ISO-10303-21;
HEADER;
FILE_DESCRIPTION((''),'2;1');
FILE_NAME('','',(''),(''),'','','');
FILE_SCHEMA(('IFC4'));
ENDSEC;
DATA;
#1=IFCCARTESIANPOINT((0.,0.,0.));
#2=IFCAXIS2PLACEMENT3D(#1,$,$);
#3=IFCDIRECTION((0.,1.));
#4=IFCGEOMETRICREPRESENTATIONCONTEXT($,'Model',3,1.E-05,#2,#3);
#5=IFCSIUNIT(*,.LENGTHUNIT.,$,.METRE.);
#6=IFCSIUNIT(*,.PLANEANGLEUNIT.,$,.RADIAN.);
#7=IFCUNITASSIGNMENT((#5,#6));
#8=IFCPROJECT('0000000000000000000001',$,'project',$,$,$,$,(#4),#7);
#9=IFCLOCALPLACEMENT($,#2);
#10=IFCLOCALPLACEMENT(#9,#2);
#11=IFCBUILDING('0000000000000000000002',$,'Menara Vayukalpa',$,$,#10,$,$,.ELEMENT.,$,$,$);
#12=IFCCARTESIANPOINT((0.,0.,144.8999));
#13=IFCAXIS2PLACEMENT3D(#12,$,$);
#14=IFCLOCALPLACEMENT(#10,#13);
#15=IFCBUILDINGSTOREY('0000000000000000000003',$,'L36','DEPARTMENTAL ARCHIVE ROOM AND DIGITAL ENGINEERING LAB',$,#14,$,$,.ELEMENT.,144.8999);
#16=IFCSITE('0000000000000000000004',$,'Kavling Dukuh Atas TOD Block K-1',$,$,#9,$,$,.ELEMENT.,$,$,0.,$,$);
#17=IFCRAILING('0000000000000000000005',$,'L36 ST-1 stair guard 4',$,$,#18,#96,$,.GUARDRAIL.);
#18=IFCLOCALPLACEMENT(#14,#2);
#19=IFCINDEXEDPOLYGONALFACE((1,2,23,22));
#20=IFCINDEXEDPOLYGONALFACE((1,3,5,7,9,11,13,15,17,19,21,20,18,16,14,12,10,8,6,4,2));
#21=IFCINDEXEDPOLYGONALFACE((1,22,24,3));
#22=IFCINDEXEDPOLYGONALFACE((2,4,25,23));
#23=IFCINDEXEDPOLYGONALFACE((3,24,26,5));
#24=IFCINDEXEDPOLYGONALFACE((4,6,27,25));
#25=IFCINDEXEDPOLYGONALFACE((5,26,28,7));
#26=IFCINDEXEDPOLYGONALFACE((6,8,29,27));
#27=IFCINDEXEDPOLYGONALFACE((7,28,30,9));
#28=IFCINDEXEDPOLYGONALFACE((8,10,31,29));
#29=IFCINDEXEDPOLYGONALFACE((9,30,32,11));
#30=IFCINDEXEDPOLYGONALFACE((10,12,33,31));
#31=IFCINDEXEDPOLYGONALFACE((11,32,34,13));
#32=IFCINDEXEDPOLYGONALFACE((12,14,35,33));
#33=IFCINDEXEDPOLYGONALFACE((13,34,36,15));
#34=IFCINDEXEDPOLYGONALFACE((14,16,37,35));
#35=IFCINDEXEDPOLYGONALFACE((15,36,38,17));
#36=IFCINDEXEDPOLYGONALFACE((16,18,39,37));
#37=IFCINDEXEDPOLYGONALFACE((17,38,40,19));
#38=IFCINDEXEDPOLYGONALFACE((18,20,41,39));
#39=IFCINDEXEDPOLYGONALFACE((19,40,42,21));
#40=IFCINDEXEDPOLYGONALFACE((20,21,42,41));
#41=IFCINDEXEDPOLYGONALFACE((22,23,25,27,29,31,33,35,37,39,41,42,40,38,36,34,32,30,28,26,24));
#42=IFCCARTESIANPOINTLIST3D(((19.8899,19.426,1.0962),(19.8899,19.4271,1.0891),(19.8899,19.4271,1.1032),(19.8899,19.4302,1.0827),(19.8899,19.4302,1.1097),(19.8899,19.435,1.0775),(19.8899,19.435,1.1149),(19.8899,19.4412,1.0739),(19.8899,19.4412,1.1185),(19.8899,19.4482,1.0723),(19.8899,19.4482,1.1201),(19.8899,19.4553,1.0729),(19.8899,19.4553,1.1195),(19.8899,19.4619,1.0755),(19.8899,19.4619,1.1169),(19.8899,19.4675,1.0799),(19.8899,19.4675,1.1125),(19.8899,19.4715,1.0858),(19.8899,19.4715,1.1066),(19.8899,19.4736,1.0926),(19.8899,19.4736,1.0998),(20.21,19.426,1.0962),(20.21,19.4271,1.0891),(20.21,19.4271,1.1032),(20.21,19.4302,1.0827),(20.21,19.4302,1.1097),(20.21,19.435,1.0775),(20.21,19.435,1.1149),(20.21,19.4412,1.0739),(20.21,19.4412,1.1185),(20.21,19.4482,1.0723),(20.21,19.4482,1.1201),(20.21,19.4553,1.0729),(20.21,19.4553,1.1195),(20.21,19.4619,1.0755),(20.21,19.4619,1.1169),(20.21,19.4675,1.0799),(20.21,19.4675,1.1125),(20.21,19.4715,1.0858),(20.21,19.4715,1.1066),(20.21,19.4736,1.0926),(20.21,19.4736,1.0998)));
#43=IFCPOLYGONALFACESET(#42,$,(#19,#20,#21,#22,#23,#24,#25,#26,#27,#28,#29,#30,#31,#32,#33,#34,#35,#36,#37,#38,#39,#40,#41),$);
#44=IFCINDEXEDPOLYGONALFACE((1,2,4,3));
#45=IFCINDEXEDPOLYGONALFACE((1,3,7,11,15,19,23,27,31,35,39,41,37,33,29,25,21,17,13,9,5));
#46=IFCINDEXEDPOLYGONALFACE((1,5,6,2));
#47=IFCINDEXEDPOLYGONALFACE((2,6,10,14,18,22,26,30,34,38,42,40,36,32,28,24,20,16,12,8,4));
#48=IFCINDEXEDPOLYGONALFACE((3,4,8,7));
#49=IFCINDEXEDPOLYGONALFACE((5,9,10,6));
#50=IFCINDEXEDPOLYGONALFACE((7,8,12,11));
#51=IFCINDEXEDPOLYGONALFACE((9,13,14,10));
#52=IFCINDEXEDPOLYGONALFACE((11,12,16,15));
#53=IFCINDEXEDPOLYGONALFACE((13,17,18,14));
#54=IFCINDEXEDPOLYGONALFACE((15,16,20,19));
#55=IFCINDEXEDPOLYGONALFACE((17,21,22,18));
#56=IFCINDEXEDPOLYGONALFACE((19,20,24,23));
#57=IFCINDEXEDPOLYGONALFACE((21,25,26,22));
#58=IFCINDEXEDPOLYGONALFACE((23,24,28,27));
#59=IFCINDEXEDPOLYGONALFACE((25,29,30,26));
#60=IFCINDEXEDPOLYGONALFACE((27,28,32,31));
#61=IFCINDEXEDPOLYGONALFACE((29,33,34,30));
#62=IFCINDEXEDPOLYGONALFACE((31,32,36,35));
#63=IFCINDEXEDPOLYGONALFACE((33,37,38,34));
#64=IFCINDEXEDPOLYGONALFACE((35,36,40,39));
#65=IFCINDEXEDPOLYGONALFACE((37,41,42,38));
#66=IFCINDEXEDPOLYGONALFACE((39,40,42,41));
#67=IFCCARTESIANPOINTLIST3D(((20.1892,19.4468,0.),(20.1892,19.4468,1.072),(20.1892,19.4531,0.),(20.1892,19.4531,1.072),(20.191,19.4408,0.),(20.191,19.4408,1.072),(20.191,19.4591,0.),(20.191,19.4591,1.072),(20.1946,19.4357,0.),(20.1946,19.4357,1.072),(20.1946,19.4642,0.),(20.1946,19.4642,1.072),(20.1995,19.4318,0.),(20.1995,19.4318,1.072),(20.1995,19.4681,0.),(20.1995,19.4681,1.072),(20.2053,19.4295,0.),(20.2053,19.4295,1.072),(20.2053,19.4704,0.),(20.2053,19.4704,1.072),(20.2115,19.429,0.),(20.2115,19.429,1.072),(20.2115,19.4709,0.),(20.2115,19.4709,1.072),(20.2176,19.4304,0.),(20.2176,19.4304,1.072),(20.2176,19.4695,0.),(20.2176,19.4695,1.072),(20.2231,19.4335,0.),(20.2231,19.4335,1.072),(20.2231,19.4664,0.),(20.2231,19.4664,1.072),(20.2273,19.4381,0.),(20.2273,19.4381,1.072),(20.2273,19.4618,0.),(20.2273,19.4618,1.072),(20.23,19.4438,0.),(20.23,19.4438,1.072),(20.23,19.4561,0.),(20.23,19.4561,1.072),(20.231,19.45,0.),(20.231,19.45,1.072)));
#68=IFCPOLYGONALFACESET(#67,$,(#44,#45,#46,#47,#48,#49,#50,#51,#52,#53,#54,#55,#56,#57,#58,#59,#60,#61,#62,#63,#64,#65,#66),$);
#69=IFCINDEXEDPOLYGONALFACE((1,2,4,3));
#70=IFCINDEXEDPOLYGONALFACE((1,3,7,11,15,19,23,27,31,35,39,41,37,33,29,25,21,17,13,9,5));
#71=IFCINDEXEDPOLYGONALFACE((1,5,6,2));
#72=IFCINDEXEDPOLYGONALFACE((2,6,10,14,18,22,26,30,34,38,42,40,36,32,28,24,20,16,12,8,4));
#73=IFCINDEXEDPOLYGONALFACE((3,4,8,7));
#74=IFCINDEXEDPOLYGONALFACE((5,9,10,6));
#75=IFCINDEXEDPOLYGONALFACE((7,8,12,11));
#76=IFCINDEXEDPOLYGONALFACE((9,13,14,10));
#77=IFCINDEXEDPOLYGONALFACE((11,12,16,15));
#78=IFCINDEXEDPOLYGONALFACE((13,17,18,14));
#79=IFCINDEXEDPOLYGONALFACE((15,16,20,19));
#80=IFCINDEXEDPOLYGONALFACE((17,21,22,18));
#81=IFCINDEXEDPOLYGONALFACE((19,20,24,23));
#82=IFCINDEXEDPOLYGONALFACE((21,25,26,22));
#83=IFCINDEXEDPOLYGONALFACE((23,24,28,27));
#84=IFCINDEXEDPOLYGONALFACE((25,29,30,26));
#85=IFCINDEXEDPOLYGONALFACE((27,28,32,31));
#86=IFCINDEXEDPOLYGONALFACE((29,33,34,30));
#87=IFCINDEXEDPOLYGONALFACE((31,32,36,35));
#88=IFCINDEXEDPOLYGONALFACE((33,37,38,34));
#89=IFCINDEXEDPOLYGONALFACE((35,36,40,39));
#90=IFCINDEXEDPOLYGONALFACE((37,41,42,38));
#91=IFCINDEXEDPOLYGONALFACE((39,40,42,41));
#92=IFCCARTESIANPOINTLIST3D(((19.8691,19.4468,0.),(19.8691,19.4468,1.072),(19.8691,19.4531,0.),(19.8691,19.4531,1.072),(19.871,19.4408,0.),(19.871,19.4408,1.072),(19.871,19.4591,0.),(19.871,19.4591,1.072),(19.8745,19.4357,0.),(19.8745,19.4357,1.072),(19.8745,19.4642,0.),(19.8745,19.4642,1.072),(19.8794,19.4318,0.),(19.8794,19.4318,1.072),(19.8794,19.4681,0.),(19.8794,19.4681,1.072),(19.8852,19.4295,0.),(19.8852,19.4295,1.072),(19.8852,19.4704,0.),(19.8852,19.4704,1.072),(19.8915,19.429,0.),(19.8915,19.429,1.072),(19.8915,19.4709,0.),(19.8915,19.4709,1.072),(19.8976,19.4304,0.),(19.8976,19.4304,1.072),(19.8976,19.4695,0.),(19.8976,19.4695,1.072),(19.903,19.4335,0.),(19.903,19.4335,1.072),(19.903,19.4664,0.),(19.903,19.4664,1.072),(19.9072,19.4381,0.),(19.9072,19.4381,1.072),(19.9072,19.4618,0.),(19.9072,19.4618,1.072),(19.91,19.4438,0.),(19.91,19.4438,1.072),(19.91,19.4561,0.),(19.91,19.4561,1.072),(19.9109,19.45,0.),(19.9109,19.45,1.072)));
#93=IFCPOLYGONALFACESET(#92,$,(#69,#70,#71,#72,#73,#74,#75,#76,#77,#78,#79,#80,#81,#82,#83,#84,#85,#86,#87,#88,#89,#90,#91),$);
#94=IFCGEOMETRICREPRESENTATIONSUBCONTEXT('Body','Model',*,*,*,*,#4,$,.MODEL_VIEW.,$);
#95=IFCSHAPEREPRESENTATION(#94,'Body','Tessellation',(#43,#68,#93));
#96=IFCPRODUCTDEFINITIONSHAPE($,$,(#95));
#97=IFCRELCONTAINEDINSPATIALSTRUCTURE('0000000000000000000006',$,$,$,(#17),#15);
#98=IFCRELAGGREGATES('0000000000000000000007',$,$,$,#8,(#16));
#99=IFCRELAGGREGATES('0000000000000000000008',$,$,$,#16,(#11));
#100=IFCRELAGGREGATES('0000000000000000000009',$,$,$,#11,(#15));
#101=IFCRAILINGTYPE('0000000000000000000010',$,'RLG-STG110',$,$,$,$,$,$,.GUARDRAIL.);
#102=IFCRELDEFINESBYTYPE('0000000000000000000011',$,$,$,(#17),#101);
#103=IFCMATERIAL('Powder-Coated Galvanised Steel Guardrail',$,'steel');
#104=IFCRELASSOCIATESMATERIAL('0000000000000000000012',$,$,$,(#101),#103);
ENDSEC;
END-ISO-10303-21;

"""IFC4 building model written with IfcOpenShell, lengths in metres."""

from ifc_helpers import new_model, si_unit, direction, frame, origin, origin_2d, place, context, subcontext, project, spatial, circle, extrude, material, type_object, element, save


model = new_model("IFC4")

# Units and contexts
model_context = context("Model", 3, precision=1e-05, world=origin(), true_north=direction((0.0, 1.0)))
body_context = subcontext(model_context, "Body", "Model", "MODEL_VIEW")
ifc_project = project(units=[si_unit("LENGTHUNIT", "METRE"), si_unit("PLANEANGLEUNIT", "RADIAN")], contexts=[model_context])

# Site, building, storey
site_placement = place(None, origin())
site = spatial("IfcSite", under=ifc_project, at=site_placement, Name="Kavling Dukuh Atas TOD Block K-1", CompositionType="ELEMENT", RefElevation=0.0)
building_placement = place(site_placement, origin())
building = spatial("IfcBuilding", under=site, at=building_placement, Name="Menara Vayukalpa", CompositionType="ELEMENT")
storey_placement = place(building_placement, frame((0.0, 0.0, 144.8999)))
storey = spatial("IfcBuildingStorey", under=building, at=storey_placement, Name="L36", Description="DEPARTMENTAL ARCHIVE ROOM AND DIGITAL ENGINEERING LAB", CompositionType="ELEMENT", Elevation=144.8999)

# Railing
ifc_material_1 = material(Name="Powder-Coated Galvanised Steel Guardrail", Category="steel")
railing_type_1 = type_object("IfcRailingType", Name="RLG-STG110", PredefinedType="GUARDRAIL", material=ifc_material_1)
railing_1_placement = place(storey_placement, frame((20.21, 19.45, 0.0)))
element("IfcRailing", 1, at=railing_1_placement, inside=storey, type_object=railing_type_1, Name="L36 ST-1 stair guard 4", PredefinedType="GUARDRAIL", context=body_context, shape_type="SweptSolid", body=[
    extrude(circle(Radius=0.0239, at=origin_2d()), frame((0.0, 0.0, 1.0962), z_axis=(-1.0, 0.0, 0.0), x_axis=(0.0, -1.0, 0.0)), (0.0, 0.0, 1.0), 0.3201),
    extrude(circle(Radius=0.021, at=origin_2d()), origin(), (0.0, 0.0, 1.0), 1.072),
    extrude(circle(Radius=0.021, at=origin_2d()), frame((-0.3201, 0.0, 0.0)), (0.0, 0.0, 1.0), 1.072),
])

save(model, "model.ifc")
